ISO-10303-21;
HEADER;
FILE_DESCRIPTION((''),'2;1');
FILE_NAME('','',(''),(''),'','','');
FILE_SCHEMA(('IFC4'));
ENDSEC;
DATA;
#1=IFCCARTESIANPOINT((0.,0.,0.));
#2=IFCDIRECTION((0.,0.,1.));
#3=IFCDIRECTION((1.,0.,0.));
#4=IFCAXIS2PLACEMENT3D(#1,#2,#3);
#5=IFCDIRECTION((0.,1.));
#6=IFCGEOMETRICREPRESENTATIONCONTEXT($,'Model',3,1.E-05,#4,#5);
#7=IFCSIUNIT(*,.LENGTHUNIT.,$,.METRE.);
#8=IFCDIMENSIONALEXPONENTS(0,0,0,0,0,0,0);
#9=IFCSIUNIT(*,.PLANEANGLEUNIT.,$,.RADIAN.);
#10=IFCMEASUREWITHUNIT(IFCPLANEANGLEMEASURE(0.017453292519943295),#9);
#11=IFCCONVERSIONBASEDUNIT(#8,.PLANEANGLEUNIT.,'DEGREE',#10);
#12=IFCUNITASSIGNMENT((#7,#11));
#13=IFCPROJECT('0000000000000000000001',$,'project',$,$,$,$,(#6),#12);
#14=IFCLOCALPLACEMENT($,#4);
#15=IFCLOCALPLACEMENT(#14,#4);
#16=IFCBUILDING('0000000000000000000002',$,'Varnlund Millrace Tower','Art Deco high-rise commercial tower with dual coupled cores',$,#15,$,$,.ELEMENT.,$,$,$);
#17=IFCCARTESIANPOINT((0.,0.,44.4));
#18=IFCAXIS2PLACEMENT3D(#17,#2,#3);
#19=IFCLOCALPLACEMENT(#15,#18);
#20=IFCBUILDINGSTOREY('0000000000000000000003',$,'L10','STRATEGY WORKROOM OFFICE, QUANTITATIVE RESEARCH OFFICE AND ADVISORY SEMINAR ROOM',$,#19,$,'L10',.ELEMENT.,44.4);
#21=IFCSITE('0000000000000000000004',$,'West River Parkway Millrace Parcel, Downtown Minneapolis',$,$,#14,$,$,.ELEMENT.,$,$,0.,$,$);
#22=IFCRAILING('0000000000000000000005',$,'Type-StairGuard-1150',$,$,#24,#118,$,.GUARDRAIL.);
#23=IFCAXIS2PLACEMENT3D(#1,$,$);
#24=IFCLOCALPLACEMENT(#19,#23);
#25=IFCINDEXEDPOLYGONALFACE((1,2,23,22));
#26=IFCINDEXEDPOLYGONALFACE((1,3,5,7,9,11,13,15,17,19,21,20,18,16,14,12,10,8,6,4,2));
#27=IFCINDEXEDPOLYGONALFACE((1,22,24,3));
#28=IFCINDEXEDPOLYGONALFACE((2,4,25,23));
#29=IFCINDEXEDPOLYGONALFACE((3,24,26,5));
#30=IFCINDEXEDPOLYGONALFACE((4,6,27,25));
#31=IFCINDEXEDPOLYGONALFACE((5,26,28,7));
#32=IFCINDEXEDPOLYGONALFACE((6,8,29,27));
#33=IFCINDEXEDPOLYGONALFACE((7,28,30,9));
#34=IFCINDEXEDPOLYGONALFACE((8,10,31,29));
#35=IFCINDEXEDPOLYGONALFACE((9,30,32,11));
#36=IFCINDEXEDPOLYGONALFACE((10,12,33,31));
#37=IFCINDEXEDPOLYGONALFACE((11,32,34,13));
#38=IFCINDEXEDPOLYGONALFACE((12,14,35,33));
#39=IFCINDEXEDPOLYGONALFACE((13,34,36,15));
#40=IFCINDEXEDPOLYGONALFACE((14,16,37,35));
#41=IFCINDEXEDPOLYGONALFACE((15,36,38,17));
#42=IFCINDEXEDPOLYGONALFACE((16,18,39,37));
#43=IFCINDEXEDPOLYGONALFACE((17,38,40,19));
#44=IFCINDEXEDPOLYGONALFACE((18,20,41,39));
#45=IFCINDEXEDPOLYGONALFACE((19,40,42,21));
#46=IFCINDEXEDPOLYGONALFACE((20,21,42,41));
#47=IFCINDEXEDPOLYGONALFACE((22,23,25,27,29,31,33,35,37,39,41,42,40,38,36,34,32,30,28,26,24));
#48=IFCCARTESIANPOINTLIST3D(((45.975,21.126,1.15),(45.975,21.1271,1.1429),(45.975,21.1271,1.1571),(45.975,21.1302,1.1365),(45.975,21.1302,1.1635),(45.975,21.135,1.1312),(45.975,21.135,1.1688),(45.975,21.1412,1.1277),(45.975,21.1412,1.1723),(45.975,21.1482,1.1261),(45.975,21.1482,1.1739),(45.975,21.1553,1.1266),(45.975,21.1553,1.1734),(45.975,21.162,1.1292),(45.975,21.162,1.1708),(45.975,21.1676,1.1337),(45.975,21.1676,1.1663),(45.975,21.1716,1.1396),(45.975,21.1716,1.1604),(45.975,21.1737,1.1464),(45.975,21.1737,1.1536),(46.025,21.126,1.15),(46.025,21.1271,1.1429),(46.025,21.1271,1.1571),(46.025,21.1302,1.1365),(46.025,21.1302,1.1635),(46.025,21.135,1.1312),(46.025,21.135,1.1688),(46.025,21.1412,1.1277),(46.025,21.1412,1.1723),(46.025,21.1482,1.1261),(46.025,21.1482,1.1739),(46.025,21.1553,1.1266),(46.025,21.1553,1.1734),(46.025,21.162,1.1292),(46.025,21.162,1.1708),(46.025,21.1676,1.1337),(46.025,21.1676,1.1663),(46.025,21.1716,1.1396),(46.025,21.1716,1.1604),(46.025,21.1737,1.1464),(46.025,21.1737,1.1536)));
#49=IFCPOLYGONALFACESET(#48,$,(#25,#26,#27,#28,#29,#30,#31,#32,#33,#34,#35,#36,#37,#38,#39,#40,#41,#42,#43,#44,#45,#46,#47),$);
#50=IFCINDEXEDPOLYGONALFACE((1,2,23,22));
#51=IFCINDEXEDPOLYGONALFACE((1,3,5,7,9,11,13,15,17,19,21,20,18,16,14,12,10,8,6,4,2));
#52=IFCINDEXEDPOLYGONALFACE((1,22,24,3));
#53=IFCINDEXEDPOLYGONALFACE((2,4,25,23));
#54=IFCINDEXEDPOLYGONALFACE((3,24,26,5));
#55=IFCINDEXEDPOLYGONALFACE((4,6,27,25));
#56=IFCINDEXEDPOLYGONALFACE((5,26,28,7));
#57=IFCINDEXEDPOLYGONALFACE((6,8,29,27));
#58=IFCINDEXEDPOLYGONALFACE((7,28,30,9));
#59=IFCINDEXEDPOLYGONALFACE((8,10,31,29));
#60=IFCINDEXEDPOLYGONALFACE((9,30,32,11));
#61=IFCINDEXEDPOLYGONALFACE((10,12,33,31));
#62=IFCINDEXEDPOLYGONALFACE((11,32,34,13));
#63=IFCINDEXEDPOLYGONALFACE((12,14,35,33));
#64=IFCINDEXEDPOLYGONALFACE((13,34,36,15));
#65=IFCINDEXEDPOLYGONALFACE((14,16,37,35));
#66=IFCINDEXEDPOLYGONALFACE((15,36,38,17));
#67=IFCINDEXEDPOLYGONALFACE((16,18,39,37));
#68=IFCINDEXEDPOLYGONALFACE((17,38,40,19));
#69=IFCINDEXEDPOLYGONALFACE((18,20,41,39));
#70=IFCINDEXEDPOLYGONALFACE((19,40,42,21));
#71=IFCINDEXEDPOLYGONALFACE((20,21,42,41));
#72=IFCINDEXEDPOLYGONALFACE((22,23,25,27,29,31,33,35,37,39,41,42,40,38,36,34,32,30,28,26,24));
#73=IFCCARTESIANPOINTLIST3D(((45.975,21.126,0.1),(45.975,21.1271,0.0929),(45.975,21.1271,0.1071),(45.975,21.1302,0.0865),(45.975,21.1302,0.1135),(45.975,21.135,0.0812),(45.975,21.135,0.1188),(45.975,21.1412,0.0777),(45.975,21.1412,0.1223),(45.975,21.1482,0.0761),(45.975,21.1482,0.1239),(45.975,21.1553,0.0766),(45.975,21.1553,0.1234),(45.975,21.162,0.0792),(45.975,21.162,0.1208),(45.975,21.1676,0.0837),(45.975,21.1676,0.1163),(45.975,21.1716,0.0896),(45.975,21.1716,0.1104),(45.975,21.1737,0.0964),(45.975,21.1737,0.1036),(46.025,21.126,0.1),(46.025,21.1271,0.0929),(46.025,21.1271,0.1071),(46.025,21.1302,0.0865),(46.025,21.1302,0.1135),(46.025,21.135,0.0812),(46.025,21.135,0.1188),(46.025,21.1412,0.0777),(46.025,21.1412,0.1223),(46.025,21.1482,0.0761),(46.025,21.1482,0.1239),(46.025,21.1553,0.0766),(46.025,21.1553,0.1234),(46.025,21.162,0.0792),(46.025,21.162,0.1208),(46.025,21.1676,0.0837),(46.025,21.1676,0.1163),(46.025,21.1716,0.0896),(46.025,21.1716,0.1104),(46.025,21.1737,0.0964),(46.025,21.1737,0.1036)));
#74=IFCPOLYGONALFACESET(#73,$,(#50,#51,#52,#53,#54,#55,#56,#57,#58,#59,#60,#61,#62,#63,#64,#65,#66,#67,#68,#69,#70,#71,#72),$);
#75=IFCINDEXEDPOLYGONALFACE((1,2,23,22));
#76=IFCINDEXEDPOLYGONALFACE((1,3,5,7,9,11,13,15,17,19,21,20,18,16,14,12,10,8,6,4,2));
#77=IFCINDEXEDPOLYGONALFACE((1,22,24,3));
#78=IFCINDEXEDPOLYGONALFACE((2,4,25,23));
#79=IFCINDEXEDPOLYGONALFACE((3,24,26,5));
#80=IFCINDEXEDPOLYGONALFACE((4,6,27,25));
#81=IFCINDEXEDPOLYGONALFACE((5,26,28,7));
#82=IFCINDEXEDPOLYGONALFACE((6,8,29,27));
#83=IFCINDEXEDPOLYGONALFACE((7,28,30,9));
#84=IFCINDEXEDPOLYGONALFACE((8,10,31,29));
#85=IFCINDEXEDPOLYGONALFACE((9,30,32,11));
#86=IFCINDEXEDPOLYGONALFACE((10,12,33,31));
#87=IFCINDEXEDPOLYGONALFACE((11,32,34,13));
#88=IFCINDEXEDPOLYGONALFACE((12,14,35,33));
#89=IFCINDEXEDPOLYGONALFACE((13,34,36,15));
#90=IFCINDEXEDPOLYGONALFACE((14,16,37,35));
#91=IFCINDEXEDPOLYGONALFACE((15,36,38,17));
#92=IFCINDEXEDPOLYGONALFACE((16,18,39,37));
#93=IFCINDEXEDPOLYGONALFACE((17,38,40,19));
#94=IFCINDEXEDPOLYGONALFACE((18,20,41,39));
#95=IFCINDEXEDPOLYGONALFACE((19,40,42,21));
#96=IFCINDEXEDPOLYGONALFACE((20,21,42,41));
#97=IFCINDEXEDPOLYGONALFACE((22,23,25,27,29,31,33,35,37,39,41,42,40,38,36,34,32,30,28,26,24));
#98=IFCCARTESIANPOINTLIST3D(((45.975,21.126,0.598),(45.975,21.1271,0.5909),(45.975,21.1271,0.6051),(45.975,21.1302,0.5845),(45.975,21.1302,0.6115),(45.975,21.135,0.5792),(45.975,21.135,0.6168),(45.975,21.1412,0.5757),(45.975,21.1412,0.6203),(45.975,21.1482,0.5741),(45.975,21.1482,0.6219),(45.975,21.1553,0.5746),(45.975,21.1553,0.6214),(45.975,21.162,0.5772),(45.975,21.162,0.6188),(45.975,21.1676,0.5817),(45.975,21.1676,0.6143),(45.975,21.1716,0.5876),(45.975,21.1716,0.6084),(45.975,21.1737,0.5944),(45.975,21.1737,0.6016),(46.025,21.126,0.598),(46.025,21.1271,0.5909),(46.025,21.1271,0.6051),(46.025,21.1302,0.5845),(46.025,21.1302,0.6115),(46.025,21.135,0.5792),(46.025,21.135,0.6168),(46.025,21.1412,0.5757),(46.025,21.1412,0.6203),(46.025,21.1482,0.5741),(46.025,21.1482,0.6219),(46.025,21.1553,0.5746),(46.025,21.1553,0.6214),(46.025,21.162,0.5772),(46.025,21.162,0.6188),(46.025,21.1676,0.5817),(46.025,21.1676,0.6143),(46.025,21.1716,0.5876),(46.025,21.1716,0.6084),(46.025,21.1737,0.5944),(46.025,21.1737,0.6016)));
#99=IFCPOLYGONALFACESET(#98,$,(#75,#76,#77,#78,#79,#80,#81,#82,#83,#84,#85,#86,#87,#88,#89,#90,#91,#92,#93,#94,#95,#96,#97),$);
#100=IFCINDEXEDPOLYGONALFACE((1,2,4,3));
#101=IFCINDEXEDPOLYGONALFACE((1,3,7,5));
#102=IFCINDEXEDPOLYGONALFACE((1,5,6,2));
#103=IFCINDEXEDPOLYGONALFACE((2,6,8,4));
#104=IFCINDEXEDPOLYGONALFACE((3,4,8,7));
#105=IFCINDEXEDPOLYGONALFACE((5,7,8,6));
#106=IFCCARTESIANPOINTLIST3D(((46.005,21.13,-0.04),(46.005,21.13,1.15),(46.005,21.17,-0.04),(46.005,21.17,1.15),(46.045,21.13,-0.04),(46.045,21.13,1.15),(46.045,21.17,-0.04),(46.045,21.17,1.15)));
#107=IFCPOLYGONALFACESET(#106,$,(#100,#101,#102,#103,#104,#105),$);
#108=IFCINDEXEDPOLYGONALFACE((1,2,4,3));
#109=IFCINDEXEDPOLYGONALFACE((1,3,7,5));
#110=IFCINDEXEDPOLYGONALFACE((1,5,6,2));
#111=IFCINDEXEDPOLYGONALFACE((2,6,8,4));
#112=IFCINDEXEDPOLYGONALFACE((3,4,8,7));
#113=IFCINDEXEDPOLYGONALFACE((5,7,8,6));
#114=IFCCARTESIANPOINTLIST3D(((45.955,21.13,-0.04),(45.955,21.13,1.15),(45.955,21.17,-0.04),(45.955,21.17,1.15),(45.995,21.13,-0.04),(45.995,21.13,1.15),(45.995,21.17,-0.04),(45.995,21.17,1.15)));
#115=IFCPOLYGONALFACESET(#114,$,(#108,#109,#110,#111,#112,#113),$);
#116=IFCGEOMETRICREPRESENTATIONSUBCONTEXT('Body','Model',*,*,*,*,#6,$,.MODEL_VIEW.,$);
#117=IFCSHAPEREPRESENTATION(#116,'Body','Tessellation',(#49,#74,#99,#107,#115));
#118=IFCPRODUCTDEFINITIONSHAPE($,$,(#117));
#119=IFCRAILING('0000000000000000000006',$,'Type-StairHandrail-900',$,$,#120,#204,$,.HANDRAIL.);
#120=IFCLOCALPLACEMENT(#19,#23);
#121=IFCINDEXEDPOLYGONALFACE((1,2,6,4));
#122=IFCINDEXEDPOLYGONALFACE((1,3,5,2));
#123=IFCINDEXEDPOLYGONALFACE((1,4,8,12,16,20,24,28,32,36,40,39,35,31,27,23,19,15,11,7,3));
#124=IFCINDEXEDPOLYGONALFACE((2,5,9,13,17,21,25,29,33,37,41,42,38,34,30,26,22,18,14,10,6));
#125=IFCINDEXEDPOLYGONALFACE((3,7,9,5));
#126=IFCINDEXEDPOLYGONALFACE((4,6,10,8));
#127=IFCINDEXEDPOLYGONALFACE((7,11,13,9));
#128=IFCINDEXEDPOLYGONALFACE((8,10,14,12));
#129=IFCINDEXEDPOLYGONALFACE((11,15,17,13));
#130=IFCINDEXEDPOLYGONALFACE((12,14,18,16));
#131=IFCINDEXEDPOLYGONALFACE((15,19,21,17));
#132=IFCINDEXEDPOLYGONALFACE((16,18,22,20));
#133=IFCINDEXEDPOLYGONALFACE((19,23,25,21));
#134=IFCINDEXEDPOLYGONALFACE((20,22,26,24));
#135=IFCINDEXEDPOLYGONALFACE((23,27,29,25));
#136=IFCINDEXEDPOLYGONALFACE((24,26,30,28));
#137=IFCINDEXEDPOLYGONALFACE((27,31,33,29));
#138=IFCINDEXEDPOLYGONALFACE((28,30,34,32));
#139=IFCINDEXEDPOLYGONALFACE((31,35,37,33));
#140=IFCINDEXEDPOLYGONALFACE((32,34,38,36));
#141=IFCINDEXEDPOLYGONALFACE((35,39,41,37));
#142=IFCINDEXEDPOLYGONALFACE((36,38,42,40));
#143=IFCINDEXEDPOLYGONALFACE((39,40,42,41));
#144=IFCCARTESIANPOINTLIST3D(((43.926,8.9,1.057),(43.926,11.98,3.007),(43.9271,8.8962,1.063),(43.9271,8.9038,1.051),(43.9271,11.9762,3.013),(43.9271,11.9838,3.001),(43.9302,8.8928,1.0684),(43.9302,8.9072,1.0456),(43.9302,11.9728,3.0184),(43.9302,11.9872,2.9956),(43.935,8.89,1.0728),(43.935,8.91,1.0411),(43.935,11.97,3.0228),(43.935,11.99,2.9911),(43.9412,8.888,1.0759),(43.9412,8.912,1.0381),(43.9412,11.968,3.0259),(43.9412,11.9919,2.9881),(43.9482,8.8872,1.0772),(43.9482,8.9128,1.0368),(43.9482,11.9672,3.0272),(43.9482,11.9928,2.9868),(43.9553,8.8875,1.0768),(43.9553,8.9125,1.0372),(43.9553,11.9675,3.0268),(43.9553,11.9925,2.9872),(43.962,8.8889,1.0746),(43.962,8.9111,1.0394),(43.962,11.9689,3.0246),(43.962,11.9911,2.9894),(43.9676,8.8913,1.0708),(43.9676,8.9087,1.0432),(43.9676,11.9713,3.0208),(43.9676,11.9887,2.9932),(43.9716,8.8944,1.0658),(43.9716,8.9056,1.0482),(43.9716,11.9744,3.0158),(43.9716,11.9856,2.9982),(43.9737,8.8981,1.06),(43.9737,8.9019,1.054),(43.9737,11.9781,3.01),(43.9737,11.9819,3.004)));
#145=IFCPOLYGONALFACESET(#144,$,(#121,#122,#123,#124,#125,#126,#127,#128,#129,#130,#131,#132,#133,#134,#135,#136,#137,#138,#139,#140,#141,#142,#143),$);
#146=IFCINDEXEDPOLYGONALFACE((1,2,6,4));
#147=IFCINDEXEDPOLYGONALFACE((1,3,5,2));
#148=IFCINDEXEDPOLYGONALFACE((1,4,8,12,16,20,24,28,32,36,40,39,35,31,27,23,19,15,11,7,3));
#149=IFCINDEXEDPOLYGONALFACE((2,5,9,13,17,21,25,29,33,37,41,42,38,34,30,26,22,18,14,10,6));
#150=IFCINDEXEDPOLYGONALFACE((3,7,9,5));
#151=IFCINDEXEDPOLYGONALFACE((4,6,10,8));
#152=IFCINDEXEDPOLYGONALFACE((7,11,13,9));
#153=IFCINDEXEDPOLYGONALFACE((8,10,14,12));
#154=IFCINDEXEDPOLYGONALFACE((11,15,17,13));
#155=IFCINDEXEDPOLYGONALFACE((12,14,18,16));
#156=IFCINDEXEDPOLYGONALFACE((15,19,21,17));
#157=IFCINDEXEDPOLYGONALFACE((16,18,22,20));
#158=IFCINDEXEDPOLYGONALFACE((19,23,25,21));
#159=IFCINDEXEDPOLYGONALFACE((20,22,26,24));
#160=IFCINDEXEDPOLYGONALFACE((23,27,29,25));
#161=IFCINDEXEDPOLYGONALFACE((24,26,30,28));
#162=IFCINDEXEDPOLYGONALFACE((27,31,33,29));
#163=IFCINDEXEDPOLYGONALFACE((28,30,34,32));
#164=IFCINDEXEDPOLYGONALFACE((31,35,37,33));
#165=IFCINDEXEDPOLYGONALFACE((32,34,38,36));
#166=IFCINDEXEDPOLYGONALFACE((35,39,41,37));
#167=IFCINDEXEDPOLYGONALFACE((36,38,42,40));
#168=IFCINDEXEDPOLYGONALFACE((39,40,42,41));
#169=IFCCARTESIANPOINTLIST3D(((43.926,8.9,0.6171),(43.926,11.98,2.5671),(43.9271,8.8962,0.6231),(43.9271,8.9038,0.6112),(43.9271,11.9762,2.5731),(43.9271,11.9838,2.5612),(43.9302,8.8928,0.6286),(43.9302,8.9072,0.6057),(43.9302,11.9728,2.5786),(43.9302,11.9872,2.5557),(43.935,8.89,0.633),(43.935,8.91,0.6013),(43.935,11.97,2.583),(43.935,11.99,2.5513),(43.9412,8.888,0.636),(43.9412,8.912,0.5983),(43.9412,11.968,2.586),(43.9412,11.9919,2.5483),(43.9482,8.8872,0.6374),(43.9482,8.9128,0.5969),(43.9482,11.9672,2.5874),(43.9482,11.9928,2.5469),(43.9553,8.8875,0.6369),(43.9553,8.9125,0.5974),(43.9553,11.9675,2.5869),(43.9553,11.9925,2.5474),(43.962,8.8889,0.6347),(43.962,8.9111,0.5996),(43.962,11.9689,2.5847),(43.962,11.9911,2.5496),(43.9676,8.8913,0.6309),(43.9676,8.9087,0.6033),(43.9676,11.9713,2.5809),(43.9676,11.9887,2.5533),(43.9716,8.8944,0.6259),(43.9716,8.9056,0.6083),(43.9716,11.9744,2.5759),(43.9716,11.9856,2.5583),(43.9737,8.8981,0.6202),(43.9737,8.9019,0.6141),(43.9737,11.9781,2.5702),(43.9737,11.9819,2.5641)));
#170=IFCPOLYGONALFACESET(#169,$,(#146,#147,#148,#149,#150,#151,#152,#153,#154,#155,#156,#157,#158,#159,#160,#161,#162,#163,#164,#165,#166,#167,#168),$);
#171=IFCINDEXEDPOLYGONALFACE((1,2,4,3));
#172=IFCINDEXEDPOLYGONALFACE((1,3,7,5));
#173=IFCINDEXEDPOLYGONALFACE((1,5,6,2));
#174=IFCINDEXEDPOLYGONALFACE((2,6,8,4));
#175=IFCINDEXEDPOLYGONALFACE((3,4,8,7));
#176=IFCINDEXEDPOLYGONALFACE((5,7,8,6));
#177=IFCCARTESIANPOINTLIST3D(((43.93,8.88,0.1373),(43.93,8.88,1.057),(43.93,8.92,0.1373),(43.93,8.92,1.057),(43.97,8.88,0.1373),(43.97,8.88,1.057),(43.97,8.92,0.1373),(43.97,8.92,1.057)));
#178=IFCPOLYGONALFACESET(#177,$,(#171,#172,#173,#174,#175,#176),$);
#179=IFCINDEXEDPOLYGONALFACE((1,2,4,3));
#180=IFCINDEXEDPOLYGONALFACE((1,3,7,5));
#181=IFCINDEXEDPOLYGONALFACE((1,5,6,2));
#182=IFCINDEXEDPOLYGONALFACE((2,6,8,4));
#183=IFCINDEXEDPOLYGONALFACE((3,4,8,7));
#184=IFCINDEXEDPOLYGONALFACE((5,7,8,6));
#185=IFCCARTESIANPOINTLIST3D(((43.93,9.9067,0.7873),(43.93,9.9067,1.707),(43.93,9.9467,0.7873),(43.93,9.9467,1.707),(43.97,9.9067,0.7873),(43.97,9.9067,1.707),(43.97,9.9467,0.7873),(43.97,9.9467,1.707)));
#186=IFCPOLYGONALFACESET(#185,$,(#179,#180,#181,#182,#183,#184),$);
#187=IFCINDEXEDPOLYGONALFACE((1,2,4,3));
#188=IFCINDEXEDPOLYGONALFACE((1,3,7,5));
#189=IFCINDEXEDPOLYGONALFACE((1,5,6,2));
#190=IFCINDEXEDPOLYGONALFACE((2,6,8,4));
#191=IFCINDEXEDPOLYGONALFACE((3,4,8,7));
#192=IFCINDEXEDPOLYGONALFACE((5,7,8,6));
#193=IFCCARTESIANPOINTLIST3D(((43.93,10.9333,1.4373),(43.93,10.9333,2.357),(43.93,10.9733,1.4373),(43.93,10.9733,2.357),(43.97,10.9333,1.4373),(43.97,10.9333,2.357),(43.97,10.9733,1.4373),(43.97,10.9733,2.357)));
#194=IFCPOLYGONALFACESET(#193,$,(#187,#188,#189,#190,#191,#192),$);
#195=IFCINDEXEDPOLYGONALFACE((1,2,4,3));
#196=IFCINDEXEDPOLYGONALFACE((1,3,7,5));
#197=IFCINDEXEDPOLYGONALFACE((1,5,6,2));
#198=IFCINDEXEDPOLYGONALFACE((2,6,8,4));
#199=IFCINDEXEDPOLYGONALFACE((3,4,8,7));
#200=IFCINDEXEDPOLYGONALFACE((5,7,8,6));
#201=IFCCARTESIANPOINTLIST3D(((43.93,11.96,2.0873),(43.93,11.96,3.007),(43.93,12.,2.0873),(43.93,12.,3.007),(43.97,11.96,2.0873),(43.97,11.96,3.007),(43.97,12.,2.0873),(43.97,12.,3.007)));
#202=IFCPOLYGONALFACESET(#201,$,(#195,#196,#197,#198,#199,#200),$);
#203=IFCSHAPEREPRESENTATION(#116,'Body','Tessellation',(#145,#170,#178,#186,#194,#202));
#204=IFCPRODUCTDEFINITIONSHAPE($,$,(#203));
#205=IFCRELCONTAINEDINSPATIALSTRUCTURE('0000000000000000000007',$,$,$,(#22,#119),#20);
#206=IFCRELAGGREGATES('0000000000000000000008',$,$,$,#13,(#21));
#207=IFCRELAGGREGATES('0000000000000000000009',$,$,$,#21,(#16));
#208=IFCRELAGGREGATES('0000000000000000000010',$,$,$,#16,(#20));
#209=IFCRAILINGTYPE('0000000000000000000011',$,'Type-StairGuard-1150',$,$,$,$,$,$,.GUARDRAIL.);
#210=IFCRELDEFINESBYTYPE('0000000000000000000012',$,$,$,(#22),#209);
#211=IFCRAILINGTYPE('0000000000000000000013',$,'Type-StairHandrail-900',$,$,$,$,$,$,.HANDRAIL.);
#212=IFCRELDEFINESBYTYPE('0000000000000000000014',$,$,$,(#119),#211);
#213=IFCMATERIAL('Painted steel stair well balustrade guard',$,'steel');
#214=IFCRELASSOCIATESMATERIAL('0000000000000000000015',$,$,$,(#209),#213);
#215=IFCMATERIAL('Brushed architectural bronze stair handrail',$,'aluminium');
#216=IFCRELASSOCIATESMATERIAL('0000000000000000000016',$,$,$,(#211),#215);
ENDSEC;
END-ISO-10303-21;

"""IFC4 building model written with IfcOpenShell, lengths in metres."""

from ifc_helpers import new_model, entity, si_unit, converted_unit, direction, frame, origin_with_axes, origin_2d_with_axis, place, context, subcontext, project, spatial, rectangle, circle, extrude, material, type_object, element, save


model = new_model("IFC4")

# Units and contexts
model_context = context("Model", 3, precision=1e-05, world=origin_with_axes(), true_north=direction((0.0, 1.0)))
body_context = subcontext(model_context, "Body", "Model", "MODEL_VIEW")
ifc_project = project(units=[si_unit("LENGTHUNIT", "METRE"), converted_unit("PLANEANGLEUNIT", "DEGREE", entity("IfcPlaneAngleMeasure", 0.017453292519943295), si_unit("PLANEANGLEUNIT", "RADIAN"), dimensions=[0, 0, 0, 0, 0, 0, 0])], contexts=[model_context])

# Site, building, storey
site_placement = place(None, origin_with_axes())
site = spatial("IfcSite", under=ifc_project, at=site_placement, Name="West River Parkway Millrace Parcel, Downtown Minneapolis", CompositionType="ELEMENT", RefElevation=0.0)
building_placement = place(site_placement, origin_with_axes())
building = spatial("IfcBuilding", under=site, at=building_placement, Name="Varnlund Millrace Tower", Description="Art Deco high-rise commercial tower with dual coupled cores", CompositionType="ELEMENT")
storey_placement = place(building_placement, frame((0.0, 0.0, 44.4), z_axis=(0.0, 0.0, 1.0), x_axis=(1.0, 0.0, 0.0)))
storey = spatial("IfcBuildingStorey", under=building, at=storey_placement, Name="L10", Description="STRATEGY WORKROOM OFFICE, QUANTITATIVE RESEARCH OFFICE AND ADVISORY SEMINAR ROOM", LongName="L10", CompositionType="ELEMENT", Elevation=44.4)

# Railings
ifc_material_1 = material(Name="Painted steel stair well balustrade guard", Category="steel")
railing_type_1 = type_object("IfcRailingType", Name="Type-StairGuard-1150", PredefinedType="GUARDRAIL", material=ifc_material_1)
railing_1_placement = place(storey_placement, frame((0.0, 0.0, -44.4), z_axis=(0.0, 0.0, 1.0), x_axis=(1.0, 0.0, 0.0)))
element("IfcRailing", 1, at=railing_1_placement, inside=storey, type_object=railing_type_1, Name="Type-StairGuard-1150", PredefinedType="GUARDRAIL", context=body_context, shape_type="SweptSolid", body=[
    extrude(circle(Radius=0.024, at=origin_2d_with_axis()), frame((46.025, 21.15, 45.55), z_axis=(-1.0, 0.0, 0.0), x_axis=(0.0, -1.0, 0.0)), (0.0, 0.0, 1.0), 0.05),
    extrude(circle(Radius=0.024, at=origin_2d_with_axis()), frame((46.025, 21.15, 44.5), z_axis=(-1.0, 0.0, 0.0), x_axis=(0.0, -1.0, 0.0)), (0.0, 0.0, 1.0), 0.05),
    extrude(circle(Radius=0.024, at=origin_2d_with_axis()), frame((46.025, 21.15, 44.998), z_axis=(-1.0, 0.0, 0.0), x_axis=(0.0, -1.0, 0.0)), (0.0, 0.0, 1.0), 0.05),
    extrude(rectangle(XDim=0.04, YDim=0.04, at=origin_2d_with_axis()), frame((46.025, 21.15, 44.36), z_axis=(0.0, 0.0, 1.0), x_axis=(1.0, 0.0, 0.0)), (0.0, 0.0, 1.0), 1.19),
    extrude(rectangle(XDim=0.04, YDim=0.04, at=origin_2d_with_axis()), frame((45.975, 21.15, 44.36), z_axis=(0.0, 0.0, 1.0), x_axis=(1.0, 0.0, 0.0)), (0.0, 0.0, 1.0), 1.19),
])
ifc_material_2 = material(Name="Brushed architectural bronze stair handrail", Category="aluminium")
railing_type_2 = type_object("IfcRailingType", Name="Type-StairHandrail-900", PredefinedType="HANDRAIL", material=ifc_material_2)
railing_2_placement = place(storey_placement, frame((0.0, 0.0, -44.4), z_axis=(0.0, 0.0, 1.0), x_axis=(1.0, 0.0, 0.0)))
element("IfcRailing", 2, at=railing_2_placement, inside=storey, type_object=railing_type_2, Name="Type-StairHandrail-900", PredefinedType="HANDRAIL", context=body_context, shape_type="SweptSolid", body=[
    extrude(circle(Radius=0.024, at=origin_2d_with_axis()), frame((43.95, 8.9, 45.457), z_axis=(0.0, 0.844902, 0.534922), x_axis=(-1.0, 0.0, 0.0)), (0.0, 0.0, 1.0), 3.6454),
    extrude(circle(Radius=0.024, at=origin_2d_with_axis()), frame((43.95, 8.9, 45.0171), z_axis=(0.0, 0.844902, 0.534922), x_axis=(-1.0, 0.0, 0.0)), (0.0, 0.0, 1.0), 3.6454),
    extrude(rectangle(XDim=0.04, YDim=0.04, at=origin_2d_with_axis()), frame((43.95, 8.9, 44.5373), z_axis=(0.0, 0.0, 1.0), x_axis=(1.0, 0.0, 0.0)), (0.0, 0.0, 1.0), 0.9197),
    extrude(rectangle(XDim=0.04, YDim=0.04, at=origin_2d_with_axis()), frame((43.95, 9.9267, 45.1873), z_axis=(0.0, 0.0, 1.0), x_axis=(1.0, 0.0, 0.0)), (0.0, 0.0, 1.0), 0.9197),
    extrude(rectangle(XDim=0.04, YDim=0.04, at=origin_2d_with_axis()), frame((43.95, 10.9533, 45.8373), z_axis=(0.0, 0.0, 1.0), x_axis=(1.0, 0.0, 0.0)), (0.0, 0.0, 1.0), 0.9197),
    extrude(rectangle(XDim=0.04, YDim=0.04, at=origin_2d_with_axis()), frame((43.95, 11.98, 46.4873), z_axis=(0.0, 0.0, 1.0), x_axis=(1.0, 0.0, 0.0)), (0.0, 0.0, 1.0), 0.9197),
])

save(model, "model.ifc")
